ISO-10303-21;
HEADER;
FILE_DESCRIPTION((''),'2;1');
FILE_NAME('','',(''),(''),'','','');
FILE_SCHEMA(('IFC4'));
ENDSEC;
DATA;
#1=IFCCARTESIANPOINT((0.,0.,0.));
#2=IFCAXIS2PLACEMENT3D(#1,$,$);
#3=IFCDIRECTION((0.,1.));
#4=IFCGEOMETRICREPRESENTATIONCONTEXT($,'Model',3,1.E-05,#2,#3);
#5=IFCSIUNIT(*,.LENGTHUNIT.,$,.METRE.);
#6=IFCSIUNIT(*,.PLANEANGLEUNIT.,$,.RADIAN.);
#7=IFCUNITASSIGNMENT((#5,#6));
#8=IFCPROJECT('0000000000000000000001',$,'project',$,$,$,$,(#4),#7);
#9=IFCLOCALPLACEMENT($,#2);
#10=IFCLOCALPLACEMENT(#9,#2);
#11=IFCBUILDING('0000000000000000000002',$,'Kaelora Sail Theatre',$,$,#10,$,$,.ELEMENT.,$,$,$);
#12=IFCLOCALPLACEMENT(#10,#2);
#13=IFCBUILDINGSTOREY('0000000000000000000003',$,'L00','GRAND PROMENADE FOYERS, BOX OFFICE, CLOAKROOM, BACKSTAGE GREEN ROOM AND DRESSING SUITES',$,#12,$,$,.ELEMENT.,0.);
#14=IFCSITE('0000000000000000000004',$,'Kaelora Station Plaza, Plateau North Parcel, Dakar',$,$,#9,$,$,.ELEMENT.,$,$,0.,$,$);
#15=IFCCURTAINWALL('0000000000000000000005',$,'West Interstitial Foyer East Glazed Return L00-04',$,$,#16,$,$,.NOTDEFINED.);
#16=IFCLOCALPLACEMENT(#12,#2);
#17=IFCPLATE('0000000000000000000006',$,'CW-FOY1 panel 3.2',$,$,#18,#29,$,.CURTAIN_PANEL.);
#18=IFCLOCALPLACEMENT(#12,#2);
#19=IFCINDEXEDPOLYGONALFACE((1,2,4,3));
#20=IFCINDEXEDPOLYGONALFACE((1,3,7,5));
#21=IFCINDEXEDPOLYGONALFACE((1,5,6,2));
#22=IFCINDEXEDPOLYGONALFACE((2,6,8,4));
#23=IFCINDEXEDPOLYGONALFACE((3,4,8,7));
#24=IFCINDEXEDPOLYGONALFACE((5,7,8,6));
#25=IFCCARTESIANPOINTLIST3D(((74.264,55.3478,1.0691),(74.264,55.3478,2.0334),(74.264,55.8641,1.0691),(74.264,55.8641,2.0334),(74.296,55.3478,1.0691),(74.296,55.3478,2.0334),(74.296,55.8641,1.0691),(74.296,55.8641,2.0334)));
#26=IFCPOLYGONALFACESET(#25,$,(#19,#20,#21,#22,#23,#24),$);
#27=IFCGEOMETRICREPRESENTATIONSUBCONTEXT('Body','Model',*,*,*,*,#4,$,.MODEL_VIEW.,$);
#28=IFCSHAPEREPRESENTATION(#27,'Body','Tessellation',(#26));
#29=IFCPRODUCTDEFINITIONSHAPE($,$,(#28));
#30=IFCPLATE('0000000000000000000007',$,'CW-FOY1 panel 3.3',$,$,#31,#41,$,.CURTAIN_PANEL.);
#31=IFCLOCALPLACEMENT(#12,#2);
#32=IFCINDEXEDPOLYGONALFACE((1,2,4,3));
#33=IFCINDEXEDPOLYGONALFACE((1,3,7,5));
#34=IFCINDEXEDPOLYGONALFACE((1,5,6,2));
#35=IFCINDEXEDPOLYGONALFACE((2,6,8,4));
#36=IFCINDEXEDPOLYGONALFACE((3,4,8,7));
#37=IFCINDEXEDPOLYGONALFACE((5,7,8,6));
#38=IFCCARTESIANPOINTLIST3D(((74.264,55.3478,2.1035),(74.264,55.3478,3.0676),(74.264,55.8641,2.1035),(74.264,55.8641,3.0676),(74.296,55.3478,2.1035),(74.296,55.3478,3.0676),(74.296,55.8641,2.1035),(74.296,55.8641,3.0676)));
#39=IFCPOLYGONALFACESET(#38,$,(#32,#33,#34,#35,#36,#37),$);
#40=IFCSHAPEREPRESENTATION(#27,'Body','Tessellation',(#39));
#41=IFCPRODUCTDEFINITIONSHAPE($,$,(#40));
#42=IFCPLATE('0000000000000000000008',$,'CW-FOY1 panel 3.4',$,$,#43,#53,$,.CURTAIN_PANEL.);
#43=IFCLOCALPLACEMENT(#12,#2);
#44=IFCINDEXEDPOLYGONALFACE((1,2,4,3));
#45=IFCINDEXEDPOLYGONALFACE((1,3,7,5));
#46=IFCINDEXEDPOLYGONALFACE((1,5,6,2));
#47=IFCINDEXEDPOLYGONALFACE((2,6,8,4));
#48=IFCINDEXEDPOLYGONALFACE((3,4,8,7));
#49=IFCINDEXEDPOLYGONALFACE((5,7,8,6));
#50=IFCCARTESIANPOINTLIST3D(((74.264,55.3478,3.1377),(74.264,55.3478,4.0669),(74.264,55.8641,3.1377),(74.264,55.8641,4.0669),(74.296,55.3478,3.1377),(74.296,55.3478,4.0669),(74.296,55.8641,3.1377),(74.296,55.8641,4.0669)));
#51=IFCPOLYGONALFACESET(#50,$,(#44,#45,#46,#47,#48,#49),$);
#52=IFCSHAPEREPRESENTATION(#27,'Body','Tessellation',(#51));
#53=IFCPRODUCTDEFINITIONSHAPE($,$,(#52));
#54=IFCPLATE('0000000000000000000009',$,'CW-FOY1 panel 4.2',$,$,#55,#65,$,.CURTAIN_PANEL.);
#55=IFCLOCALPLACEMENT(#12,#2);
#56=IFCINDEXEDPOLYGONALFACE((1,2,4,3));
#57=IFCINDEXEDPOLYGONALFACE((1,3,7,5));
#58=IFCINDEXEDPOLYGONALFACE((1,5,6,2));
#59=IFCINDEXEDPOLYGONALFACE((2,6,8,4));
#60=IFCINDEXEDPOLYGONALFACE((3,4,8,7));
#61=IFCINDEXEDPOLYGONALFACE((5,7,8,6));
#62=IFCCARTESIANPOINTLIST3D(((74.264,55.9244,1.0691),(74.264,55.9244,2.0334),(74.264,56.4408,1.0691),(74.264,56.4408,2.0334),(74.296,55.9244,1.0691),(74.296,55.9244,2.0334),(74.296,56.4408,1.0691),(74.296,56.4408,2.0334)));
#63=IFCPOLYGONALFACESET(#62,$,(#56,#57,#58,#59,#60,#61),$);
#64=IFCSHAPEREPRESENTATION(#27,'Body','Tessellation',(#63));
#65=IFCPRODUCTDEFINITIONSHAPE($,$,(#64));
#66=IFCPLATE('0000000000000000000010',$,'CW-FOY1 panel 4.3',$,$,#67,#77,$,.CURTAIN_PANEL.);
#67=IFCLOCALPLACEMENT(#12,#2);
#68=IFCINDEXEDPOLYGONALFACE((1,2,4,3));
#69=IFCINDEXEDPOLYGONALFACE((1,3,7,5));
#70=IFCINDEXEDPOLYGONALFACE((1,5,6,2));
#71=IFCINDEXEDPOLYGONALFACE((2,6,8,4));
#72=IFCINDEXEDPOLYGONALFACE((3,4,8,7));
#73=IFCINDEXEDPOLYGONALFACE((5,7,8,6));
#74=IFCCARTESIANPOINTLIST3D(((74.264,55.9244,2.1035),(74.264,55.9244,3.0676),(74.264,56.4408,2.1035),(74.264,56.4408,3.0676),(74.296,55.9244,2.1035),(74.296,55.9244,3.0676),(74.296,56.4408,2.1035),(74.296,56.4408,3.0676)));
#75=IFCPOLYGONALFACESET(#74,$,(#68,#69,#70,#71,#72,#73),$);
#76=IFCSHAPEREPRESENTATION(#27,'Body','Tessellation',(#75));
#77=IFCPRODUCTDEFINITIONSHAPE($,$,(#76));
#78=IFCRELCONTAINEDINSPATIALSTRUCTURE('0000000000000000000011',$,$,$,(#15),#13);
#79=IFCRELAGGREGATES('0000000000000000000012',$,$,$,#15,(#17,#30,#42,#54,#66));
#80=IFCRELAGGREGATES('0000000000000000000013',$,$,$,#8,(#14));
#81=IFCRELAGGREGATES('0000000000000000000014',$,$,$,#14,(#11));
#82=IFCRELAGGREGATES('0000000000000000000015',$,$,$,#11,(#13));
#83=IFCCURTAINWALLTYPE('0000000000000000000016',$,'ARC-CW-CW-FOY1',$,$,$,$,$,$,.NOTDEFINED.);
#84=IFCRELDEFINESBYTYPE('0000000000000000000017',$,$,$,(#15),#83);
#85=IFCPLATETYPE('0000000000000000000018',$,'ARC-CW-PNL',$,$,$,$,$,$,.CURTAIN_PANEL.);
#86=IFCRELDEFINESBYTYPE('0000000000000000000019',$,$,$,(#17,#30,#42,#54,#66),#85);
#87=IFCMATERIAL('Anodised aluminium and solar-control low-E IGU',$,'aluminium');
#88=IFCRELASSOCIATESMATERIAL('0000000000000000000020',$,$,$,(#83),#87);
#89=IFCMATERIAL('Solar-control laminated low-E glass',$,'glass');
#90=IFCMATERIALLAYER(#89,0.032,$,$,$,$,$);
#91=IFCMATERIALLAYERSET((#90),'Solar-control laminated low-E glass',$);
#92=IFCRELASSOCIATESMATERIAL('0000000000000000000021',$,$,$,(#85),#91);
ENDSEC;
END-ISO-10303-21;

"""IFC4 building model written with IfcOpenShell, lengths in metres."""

from ifc_helpers import new_model, si_unit, direction, frame, origin, origin_2d, place, context, subcontext, project, spatial, rectangle, extrude, material, layer, layer_set, type_object, element, aggregate, save


model = new_model("IFC4")

# Units and contexts
model_context = context("Model", 3, precision=1e-05, world=origin(), true_north=direction((0.0, 1.0)))
body_context = subcontext(model_context, "Body", "Model", "MODEL_VIEW")
ifc_project = project(units=[si_unit("LENGTHUNIT", "METRE"), si_unit("PLANEANGLEUNIT", "RADIAN")], contexts=[model_context])

# Site, building, storey
site_placement = place(None, origin())
site = spatial("IfcSite", under=ifc_project, at=site_placement, Name="Kaelora Station Plaza, Plateau North Parcel, Dakar", CompositionType="ELEMENT", RefElevation=0.0)
building_placement = place(site_placement, origin())
building = spatial("IfcBuilding", under=site, at=building_placement, Name="Kaelora Sail Theatre", CompositionType="ELEMENT")
storey_placement = place(building_placement, origin())
storey = spatial("IfcBuildingStorey", under=building, at=storey_placement, Name="L00", Description="GRAND PROMENADE FOYERS, BOX OFFICE, CLOAKROOM, BACKSTAGE GREEN ROOM AND DRESSING SUITES", CompositionType="ELEMENT", Elevation=0.0)

# Curtain wall, plates
ifc_material_1 = material(Name="Anodised aluminium and solar-control low-E IGU", Category="aluminium")
curtain_wall_type = type_object("IfcCurtainWallType", Name="ARC-CW-CW-FOY1", PredefinedType="NOTDEFINED", material=ifc_material_1)
curtain_wall_placement = place(storey_placement, origin())
curtain_wall = element("IfcCurtainWall", 1, at=curtain_wall_placement, inside=storey, type_object=curtain_wall_type, Name="West Interstitial Foyer East Glazed Return L00-04", PredefinedType="NOTDEFINED")
ifc_material_2 = material(Name="Solar-control laminated low-E glass", Category="glass")
ifc_layer = layer(ifc_material_2, 0.032)
ifc_layer_set = layer_set([ifc_layer], Name="Solar-control laminated low-E glass")
plate_type = type_object("IfcPlateType", Name="ARC-CW-PNL", PredefinedType="CURTAIN_PANEL", material=ifc_layer_set)
plate_1_placement = place(storey_placement, frame((74.28, 55.606, 1.0691), z_axis=(0.0, 0.0, 1.0), x_axis=(0.0, 1.0, 0.0)))
plate_1 = element("IfcPlate", 2, at=plate_1_placement, type_object=plate_type, Name="CW-FOY1 panel 3.2", PredefinedType="CURTAIN_PANEL", context=body_context, shape_type="SweptSolid", body=[
    extrude(rectangle(XDim=0.5164, YDim=0.032, at=origin_2d()), origin(), (0.0, 0.0, 1.0), 0.9644),
])
plate_2_placement = place(storey_placement, frame((74.28, 55.606, 2.1035), z_axis=(0.0, 0.0, 1.0), x_axis=(0.0, 1.0, 0.0)))
plate_2 = element("IfcPlate", 3, at=plate_2_placement, type_object=plate_type, Name="CW-FOY1 panel 3.3", PredefinedType="CURTAIN_PANEL", context=body_context, shape_type="SweptSolid", body=[
    extrude(rectangle(XDim=0.5164, YDim=0.032, at=origin_2d()), origin(), (0.0, 0.0, 1.0), 0.9641),
])
plate_3_placement = place(storey_placement, frame((74.28, 55.606, 3.1377), z_axis=(0.0, 0.0, 1.0), x_axis=(0.0, 1.0, 0.0)))
plate_3 = element("IfcPlate", 4, at=plate_3_placement, type_object=plate_type, Name="CW-FOY1 panel 3.4", PredefinedType="CURTAIN_PANEL", context=body_context, shape_type="SweptSolid", body=[
    extrude(rectangle(XDim=0.5164, YDim=0.032, at=origin_2d()), origin(), (0.0, 0.0, 1.0), 0.9292),
])
plate_4_placement = place(storey_placement, frame((74.28, 56.1826, 1.0691), z_axis=(0.0, 0.0, 1.0), x_axis=(0.0, 1.0, 0.0)))
plate_4 = element("IfcPlate", 5, at=plate_4_placement, type_object=plate_type, Name="CW-FOY1 panel 4.2", PredefinedType="CURTAIN_PANEL", context=body_context, shape_type="SweptSolid", body=[
    extrude(rectangle(XDim=0.5164, YDim=0.032, at=origin_2d()), origin(), (0.0, 0.0, 1.0), 0.9644),
])
plate_5_placement = place(storey_placement, frame((74.28, 56.1826, 2.1035), z_axis=(0.0, 0.0, 1.0), x_axis=(0.0, 1.0, 0.0)))
plate_5 = element("IfcPlate", 6, at=plate_5_placement, type_object=plate_type, Name="CW-FOY1 panel 4.3", PredefinedType="CURTAIN_PANEL", context=body_context, shape_type="SweptSolid", body=[
    extrude(rectangle(XDim=0.5164, YDim=0.032, at=origin_2d()), origin(), (0.0, 0.0, 1.0), 0.9641),
])
aggregate(curtain_wall, [plate_1, plate_2, plate_3, plate_4, plate_5])

save(model, "model.ifc")
